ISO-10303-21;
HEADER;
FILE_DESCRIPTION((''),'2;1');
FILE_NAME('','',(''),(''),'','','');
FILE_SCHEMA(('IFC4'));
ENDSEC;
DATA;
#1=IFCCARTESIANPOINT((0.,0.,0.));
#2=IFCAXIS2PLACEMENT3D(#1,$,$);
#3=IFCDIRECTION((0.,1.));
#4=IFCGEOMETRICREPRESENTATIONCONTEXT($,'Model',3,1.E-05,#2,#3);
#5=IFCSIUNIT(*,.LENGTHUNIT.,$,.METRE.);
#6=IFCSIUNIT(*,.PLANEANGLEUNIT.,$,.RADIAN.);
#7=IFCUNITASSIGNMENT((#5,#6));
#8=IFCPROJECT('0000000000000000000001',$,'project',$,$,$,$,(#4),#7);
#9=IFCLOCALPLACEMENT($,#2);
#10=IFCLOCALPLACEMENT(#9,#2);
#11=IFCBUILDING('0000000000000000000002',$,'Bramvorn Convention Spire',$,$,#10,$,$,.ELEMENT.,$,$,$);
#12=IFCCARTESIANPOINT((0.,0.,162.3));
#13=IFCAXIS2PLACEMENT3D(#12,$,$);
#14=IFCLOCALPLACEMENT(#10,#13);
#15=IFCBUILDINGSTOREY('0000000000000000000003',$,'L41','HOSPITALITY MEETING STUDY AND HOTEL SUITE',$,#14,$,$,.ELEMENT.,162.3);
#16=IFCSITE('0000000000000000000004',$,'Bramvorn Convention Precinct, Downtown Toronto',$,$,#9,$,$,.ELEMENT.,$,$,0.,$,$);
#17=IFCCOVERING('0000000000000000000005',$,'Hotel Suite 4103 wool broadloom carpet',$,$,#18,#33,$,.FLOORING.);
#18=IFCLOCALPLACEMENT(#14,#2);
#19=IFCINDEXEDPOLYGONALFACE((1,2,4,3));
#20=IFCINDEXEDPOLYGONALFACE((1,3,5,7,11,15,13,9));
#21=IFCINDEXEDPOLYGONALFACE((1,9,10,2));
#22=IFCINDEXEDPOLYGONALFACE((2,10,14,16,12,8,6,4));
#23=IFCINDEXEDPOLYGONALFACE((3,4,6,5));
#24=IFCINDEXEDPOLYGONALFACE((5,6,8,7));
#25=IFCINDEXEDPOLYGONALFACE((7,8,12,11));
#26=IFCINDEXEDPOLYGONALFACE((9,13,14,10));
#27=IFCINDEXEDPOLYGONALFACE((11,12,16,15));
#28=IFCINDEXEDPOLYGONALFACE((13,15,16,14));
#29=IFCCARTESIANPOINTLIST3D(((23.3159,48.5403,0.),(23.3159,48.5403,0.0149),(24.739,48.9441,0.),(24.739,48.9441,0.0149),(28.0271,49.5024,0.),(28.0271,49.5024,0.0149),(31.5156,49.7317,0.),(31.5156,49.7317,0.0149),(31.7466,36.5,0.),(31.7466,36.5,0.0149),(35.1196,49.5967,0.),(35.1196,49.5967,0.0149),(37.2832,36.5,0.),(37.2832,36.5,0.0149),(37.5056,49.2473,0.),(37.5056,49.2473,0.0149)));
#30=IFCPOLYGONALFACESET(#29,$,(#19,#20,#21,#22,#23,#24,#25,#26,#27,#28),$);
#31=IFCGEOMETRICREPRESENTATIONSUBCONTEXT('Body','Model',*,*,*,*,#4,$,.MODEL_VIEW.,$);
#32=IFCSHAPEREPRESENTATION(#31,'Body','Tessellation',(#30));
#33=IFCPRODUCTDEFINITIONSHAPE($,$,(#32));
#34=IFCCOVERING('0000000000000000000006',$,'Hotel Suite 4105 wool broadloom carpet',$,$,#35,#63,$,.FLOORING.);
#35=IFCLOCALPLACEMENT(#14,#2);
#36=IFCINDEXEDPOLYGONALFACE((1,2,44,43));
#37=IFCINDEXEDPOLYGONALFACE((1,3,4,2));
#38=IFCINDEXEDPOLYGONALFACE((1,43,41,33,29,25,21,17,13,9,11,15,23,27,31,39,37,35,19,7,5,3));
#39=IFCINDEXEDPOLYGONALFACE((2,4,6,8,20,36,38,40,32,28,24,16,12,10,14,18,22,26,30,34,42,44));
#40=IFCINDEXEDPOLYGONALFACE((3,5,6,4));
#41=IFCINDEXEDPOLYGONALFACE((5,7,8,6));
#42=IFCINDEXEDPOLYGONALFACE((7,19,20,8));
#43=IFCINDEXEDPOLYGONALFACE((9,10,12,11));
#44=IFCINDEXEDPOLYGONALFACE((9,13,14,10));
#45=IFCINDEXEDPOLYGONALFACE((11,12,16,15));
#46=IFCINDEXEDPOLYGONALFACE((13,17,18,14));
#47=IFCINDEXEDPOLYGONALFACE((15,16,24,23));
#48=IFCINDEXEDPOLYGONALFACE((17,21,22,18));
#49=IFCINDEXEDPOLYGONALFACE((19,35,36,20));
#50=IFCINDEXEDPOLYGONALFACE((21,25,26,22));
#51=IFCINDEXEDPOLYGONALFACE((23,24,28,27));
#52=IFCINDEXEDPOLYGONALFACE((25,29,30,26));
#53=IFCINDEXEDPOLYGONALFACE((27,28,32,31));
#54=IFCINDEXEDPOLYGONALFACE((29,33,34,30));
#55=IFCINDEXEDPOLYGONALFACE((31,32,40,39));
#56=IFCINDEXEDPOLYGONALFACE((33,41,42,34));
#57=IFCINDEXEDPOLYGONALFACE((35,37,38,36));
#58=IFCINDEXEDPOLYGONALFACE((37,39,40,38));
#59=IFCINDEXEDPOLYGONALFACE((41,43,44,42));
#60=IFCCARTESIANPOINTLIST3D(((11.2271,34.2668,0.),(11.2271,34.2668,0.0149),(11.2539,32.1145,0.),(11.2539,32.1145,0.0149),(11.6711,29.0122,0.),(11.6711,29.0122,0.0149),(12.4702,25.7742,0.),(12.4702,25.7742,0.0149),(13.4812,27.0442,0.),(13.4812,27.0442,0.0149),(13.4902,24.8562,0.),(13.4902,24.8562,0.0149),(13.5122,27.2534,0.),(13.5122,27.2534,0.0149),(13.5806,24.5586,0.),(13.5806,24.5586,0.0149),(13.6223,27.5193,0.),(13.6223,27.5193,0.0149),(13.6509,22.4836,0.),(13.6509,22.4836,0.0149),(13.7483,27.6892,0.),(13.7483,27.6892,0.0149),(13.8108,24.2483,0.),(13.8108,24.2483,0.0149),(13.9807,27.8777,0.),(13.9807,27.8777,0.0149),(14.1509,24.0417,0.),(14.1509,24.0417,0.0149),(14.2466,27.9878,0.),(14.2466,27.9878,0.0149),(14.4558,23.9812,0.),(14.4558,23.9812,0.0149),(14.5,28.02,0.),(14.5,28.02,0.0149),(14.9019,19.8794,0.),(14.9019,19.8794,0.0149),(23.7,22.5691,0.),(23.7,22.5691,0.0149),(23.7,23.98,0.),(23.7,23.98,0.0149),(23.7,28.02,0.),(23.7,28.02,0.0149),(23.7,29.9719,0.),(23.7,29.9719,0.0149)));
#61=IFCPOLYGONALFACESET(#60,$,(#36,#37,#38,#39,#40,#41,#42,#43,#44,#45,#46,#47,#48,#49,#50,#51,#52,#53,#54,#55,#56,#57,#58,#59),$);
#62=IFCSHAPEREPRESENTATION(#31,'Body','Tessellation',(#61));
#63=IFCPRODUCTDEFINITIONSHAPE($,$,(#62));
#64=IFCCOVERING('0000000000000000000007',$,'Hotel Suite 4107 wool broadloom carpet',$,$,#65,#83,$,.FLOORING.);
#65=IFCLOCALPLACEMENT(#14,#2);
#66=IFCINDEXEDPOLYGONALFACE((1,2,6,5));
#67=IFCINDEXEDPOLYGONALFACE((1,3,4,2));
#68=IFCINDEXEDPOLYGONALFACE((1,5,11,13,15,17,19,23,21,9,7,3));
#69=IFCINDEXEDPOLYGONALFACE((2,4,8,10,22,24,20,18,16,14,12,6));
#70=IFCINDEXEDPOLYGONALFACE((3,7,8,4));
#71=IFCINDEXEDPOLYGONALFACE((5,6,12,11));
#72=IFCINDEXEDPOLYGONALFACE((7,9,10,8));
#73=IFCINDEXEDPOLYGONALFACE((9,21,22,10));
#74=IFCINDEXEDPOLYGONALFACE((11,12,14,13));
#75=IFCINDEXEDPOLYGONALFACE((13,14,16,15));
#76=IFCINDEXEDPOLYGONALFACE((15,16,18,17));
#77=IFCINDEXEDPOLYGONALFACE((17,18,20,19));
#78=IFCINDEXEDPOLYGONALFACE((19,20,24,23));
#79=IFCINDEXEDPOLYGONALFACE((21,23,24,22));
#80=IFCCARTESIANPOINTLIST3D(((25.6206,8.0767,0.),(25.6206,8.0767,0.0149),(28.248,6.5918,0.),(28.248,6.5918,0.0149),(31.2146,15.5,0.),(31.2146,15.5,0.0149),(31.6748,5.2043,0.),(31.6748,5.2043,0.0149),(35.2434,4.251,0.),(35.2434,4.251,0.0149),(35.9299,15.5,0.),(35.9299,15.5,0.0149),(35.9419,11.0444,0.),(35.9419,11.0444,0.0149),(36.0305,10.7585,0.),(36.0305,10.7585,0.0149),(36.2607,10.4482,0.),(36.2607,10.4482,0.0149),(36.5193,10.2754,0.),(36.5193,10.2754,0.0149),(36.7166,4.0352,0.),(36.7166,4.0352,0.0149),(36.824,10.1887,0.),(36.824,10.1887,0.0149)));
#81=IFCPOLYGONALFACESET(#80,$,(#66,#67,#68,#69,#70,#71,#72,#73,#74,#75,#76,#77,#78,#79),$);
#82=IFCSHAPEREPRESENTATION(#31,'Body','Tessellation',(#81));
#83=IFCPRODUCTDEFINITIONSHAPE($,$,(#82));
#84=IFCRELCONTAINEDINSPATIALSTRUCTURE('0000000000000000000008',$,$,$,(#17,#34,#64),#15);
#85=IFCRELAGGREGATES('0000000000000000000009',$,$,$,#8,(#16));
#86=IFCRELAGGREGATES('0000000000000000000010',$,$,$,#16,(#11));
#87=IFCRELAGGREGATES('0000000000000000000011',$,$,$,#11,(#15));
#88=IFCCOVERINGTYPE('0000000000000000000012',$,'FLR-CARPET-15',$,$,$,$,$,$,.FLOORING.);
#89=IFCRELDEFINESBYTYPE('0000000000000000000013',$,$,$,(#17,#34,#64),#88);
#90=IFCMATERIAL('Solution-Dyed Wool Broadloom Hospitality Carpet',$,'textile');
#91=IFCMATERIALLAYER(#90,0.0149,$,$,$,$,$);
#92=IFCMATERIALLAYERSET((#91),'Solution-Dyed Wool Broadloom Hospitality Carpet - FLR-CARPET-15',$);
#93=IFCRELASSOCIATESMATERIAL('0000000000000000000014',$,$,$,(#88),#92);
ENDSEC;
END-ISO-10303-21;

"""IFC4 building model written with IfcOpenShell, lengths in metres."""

from ifc_helpers import new_model, si_unit, direction, frame, origin, place, context, subcontext, project, spatial, polyline, outline, extrude, material, layer, layer_set, type_object, element, save


model = new_model("IFC4")

# Units and contexts
model_context = context("Model", 3, precision=1e-05, world=origin(), true_north=direction((0.0, 1.0)))
body_context = subcontext(model_context, "Body", "Model", "MODEL_VIEW")
ifc_project = project(units=[si_unit("LENGTHUNIT", "METRE"), si_unit("PLANEANGLEUNIT", "RADIAN")], contexts=[model_context])

# Site, building, storey
site_placement = place(None, origin())
site = spatial("IfcSite", under=ifc_project, at=site_placement, Name="Bramvorn Convention Precinct, Downtown Toronto", CompositionType="ELEMENT", RefElevation=0.0)
building_placement = place(site_placement, origin())
building = spatial("IfcBuilding", under=site, at=building_placement, Name="Bramvorn Convention Spire", CompositionType="ELEMENT")
storey_placement = place(building_placement, frame((0.0, 0.0, 162.3)))
storey = spatial("IfcBuildingStorey", under=building, at=storey_placement, Name="L41", Description="HOSPITALITY MEETING STUDY AND HOTEL SUITE", CompositionType="ELEMENT", Elevation=162.3)

# Coverings
ifc_material_1 = material(Name="Solution-Dyed Wool Broadloom Hospitality Carpet", Category="textile")
ifc_layer_1 = layer(ifc_material_1, 0.0149)
ifc_layer_set_1 = layer_set([ifc_layer_1], Name="Solution-Dyed Wool Broadloom Hospitality Carpet - FLR-CARPET-15")
covering_type = type_object("IfcCoveringType", Name="FLR-CARPET-15", PredefinedType="FLOORING", material=ifc_layer_set_1)
covering_1_placement = place(storey_placement, origin())
element("IfcCovering", 1, at=covering_1_placement, inside=storey, type_object=covering_type, Name="Hotel Suite 4103 wool broadloom carpet", PredefinedType="FLOORING", context=body_context, shape_type="SweptSolid", body=[
    extrude(outline(polyline([(24.739, 48.9441), (23.3159, 48.5403), (31.7466, 36.5), (37.2832, 36.5), (37.5056, 49.2473), (35.1196, 49.5967), (31.5156, 49.7317), (28.0271, 49.5024), (24.739, 48.9441)])), origin(), (0.0, 0.0, 1.0), 0.0149),
])
covering_2_placement = place(storey_placement, origin())
element("IfcCovering", 2, at=covering_2_placement, inside=storey, type_object=covering_type, Name="Hotel Suite 4105 wool broadloom carpet", PredefinedType="FLOORING", context=body_context, shape_type="SweptSolid", body=[
    extrude(outline(polyline([(11.2539, 32.1145), (11.6711, 29.0122), (12.4702, 25.7742), (13.6509, 22.4836), (14.9019, 19.8794), (23.7, 22.5691), (23.7, 23.98), (14.4558, 23.9812), (14.1509, 24.0417), (13.8108, 24.2483), (13.5806, 24.5586), (13.4902, 24.8562), (13.4812, 27.0442), (13.5122, 27.2534), (13.6223, 27.5193), (13.7483, 27.6892), (13.9807, 27.8777), (14.2466, 27.9878), (14.5, 28.02), (23.7, 28.02), (23.7, 29.9719), (11.2271, 34.2668), (11.2539, 32.1145)])), origin(), (0.0, 0.0, 1.0), 0.0149),
])
covering_3_placement = place(storey_placement, origin())
element("IfcCovering", 3, at=covering_3_placement, inside=storey, type_object=covering_type, Name="Hotel Suite 4107 wool broadloom carpet", PredefinedType="FLOORING", context=body_context, shape_type="SweptSolid", body=[
    extrude(outline(polyline([(28.248, 6.5918), (31.6748, 5.2043), (35.2434, 4.251), (36.7166, 4.0352), (36.824, 10.1887), (36.5193, 10.2754), (36.2607, 10.4482), (36.0305, 10.7585), (35.9419, 11.0444), (35.9299, 15.5), (31.2146, 15.5), (25.6206, 8.0767), (28.248, 6.5918)])), origin(), (0.0, 0.0, 1.0), 0.0149),
])

save(model, "model.ifc")
